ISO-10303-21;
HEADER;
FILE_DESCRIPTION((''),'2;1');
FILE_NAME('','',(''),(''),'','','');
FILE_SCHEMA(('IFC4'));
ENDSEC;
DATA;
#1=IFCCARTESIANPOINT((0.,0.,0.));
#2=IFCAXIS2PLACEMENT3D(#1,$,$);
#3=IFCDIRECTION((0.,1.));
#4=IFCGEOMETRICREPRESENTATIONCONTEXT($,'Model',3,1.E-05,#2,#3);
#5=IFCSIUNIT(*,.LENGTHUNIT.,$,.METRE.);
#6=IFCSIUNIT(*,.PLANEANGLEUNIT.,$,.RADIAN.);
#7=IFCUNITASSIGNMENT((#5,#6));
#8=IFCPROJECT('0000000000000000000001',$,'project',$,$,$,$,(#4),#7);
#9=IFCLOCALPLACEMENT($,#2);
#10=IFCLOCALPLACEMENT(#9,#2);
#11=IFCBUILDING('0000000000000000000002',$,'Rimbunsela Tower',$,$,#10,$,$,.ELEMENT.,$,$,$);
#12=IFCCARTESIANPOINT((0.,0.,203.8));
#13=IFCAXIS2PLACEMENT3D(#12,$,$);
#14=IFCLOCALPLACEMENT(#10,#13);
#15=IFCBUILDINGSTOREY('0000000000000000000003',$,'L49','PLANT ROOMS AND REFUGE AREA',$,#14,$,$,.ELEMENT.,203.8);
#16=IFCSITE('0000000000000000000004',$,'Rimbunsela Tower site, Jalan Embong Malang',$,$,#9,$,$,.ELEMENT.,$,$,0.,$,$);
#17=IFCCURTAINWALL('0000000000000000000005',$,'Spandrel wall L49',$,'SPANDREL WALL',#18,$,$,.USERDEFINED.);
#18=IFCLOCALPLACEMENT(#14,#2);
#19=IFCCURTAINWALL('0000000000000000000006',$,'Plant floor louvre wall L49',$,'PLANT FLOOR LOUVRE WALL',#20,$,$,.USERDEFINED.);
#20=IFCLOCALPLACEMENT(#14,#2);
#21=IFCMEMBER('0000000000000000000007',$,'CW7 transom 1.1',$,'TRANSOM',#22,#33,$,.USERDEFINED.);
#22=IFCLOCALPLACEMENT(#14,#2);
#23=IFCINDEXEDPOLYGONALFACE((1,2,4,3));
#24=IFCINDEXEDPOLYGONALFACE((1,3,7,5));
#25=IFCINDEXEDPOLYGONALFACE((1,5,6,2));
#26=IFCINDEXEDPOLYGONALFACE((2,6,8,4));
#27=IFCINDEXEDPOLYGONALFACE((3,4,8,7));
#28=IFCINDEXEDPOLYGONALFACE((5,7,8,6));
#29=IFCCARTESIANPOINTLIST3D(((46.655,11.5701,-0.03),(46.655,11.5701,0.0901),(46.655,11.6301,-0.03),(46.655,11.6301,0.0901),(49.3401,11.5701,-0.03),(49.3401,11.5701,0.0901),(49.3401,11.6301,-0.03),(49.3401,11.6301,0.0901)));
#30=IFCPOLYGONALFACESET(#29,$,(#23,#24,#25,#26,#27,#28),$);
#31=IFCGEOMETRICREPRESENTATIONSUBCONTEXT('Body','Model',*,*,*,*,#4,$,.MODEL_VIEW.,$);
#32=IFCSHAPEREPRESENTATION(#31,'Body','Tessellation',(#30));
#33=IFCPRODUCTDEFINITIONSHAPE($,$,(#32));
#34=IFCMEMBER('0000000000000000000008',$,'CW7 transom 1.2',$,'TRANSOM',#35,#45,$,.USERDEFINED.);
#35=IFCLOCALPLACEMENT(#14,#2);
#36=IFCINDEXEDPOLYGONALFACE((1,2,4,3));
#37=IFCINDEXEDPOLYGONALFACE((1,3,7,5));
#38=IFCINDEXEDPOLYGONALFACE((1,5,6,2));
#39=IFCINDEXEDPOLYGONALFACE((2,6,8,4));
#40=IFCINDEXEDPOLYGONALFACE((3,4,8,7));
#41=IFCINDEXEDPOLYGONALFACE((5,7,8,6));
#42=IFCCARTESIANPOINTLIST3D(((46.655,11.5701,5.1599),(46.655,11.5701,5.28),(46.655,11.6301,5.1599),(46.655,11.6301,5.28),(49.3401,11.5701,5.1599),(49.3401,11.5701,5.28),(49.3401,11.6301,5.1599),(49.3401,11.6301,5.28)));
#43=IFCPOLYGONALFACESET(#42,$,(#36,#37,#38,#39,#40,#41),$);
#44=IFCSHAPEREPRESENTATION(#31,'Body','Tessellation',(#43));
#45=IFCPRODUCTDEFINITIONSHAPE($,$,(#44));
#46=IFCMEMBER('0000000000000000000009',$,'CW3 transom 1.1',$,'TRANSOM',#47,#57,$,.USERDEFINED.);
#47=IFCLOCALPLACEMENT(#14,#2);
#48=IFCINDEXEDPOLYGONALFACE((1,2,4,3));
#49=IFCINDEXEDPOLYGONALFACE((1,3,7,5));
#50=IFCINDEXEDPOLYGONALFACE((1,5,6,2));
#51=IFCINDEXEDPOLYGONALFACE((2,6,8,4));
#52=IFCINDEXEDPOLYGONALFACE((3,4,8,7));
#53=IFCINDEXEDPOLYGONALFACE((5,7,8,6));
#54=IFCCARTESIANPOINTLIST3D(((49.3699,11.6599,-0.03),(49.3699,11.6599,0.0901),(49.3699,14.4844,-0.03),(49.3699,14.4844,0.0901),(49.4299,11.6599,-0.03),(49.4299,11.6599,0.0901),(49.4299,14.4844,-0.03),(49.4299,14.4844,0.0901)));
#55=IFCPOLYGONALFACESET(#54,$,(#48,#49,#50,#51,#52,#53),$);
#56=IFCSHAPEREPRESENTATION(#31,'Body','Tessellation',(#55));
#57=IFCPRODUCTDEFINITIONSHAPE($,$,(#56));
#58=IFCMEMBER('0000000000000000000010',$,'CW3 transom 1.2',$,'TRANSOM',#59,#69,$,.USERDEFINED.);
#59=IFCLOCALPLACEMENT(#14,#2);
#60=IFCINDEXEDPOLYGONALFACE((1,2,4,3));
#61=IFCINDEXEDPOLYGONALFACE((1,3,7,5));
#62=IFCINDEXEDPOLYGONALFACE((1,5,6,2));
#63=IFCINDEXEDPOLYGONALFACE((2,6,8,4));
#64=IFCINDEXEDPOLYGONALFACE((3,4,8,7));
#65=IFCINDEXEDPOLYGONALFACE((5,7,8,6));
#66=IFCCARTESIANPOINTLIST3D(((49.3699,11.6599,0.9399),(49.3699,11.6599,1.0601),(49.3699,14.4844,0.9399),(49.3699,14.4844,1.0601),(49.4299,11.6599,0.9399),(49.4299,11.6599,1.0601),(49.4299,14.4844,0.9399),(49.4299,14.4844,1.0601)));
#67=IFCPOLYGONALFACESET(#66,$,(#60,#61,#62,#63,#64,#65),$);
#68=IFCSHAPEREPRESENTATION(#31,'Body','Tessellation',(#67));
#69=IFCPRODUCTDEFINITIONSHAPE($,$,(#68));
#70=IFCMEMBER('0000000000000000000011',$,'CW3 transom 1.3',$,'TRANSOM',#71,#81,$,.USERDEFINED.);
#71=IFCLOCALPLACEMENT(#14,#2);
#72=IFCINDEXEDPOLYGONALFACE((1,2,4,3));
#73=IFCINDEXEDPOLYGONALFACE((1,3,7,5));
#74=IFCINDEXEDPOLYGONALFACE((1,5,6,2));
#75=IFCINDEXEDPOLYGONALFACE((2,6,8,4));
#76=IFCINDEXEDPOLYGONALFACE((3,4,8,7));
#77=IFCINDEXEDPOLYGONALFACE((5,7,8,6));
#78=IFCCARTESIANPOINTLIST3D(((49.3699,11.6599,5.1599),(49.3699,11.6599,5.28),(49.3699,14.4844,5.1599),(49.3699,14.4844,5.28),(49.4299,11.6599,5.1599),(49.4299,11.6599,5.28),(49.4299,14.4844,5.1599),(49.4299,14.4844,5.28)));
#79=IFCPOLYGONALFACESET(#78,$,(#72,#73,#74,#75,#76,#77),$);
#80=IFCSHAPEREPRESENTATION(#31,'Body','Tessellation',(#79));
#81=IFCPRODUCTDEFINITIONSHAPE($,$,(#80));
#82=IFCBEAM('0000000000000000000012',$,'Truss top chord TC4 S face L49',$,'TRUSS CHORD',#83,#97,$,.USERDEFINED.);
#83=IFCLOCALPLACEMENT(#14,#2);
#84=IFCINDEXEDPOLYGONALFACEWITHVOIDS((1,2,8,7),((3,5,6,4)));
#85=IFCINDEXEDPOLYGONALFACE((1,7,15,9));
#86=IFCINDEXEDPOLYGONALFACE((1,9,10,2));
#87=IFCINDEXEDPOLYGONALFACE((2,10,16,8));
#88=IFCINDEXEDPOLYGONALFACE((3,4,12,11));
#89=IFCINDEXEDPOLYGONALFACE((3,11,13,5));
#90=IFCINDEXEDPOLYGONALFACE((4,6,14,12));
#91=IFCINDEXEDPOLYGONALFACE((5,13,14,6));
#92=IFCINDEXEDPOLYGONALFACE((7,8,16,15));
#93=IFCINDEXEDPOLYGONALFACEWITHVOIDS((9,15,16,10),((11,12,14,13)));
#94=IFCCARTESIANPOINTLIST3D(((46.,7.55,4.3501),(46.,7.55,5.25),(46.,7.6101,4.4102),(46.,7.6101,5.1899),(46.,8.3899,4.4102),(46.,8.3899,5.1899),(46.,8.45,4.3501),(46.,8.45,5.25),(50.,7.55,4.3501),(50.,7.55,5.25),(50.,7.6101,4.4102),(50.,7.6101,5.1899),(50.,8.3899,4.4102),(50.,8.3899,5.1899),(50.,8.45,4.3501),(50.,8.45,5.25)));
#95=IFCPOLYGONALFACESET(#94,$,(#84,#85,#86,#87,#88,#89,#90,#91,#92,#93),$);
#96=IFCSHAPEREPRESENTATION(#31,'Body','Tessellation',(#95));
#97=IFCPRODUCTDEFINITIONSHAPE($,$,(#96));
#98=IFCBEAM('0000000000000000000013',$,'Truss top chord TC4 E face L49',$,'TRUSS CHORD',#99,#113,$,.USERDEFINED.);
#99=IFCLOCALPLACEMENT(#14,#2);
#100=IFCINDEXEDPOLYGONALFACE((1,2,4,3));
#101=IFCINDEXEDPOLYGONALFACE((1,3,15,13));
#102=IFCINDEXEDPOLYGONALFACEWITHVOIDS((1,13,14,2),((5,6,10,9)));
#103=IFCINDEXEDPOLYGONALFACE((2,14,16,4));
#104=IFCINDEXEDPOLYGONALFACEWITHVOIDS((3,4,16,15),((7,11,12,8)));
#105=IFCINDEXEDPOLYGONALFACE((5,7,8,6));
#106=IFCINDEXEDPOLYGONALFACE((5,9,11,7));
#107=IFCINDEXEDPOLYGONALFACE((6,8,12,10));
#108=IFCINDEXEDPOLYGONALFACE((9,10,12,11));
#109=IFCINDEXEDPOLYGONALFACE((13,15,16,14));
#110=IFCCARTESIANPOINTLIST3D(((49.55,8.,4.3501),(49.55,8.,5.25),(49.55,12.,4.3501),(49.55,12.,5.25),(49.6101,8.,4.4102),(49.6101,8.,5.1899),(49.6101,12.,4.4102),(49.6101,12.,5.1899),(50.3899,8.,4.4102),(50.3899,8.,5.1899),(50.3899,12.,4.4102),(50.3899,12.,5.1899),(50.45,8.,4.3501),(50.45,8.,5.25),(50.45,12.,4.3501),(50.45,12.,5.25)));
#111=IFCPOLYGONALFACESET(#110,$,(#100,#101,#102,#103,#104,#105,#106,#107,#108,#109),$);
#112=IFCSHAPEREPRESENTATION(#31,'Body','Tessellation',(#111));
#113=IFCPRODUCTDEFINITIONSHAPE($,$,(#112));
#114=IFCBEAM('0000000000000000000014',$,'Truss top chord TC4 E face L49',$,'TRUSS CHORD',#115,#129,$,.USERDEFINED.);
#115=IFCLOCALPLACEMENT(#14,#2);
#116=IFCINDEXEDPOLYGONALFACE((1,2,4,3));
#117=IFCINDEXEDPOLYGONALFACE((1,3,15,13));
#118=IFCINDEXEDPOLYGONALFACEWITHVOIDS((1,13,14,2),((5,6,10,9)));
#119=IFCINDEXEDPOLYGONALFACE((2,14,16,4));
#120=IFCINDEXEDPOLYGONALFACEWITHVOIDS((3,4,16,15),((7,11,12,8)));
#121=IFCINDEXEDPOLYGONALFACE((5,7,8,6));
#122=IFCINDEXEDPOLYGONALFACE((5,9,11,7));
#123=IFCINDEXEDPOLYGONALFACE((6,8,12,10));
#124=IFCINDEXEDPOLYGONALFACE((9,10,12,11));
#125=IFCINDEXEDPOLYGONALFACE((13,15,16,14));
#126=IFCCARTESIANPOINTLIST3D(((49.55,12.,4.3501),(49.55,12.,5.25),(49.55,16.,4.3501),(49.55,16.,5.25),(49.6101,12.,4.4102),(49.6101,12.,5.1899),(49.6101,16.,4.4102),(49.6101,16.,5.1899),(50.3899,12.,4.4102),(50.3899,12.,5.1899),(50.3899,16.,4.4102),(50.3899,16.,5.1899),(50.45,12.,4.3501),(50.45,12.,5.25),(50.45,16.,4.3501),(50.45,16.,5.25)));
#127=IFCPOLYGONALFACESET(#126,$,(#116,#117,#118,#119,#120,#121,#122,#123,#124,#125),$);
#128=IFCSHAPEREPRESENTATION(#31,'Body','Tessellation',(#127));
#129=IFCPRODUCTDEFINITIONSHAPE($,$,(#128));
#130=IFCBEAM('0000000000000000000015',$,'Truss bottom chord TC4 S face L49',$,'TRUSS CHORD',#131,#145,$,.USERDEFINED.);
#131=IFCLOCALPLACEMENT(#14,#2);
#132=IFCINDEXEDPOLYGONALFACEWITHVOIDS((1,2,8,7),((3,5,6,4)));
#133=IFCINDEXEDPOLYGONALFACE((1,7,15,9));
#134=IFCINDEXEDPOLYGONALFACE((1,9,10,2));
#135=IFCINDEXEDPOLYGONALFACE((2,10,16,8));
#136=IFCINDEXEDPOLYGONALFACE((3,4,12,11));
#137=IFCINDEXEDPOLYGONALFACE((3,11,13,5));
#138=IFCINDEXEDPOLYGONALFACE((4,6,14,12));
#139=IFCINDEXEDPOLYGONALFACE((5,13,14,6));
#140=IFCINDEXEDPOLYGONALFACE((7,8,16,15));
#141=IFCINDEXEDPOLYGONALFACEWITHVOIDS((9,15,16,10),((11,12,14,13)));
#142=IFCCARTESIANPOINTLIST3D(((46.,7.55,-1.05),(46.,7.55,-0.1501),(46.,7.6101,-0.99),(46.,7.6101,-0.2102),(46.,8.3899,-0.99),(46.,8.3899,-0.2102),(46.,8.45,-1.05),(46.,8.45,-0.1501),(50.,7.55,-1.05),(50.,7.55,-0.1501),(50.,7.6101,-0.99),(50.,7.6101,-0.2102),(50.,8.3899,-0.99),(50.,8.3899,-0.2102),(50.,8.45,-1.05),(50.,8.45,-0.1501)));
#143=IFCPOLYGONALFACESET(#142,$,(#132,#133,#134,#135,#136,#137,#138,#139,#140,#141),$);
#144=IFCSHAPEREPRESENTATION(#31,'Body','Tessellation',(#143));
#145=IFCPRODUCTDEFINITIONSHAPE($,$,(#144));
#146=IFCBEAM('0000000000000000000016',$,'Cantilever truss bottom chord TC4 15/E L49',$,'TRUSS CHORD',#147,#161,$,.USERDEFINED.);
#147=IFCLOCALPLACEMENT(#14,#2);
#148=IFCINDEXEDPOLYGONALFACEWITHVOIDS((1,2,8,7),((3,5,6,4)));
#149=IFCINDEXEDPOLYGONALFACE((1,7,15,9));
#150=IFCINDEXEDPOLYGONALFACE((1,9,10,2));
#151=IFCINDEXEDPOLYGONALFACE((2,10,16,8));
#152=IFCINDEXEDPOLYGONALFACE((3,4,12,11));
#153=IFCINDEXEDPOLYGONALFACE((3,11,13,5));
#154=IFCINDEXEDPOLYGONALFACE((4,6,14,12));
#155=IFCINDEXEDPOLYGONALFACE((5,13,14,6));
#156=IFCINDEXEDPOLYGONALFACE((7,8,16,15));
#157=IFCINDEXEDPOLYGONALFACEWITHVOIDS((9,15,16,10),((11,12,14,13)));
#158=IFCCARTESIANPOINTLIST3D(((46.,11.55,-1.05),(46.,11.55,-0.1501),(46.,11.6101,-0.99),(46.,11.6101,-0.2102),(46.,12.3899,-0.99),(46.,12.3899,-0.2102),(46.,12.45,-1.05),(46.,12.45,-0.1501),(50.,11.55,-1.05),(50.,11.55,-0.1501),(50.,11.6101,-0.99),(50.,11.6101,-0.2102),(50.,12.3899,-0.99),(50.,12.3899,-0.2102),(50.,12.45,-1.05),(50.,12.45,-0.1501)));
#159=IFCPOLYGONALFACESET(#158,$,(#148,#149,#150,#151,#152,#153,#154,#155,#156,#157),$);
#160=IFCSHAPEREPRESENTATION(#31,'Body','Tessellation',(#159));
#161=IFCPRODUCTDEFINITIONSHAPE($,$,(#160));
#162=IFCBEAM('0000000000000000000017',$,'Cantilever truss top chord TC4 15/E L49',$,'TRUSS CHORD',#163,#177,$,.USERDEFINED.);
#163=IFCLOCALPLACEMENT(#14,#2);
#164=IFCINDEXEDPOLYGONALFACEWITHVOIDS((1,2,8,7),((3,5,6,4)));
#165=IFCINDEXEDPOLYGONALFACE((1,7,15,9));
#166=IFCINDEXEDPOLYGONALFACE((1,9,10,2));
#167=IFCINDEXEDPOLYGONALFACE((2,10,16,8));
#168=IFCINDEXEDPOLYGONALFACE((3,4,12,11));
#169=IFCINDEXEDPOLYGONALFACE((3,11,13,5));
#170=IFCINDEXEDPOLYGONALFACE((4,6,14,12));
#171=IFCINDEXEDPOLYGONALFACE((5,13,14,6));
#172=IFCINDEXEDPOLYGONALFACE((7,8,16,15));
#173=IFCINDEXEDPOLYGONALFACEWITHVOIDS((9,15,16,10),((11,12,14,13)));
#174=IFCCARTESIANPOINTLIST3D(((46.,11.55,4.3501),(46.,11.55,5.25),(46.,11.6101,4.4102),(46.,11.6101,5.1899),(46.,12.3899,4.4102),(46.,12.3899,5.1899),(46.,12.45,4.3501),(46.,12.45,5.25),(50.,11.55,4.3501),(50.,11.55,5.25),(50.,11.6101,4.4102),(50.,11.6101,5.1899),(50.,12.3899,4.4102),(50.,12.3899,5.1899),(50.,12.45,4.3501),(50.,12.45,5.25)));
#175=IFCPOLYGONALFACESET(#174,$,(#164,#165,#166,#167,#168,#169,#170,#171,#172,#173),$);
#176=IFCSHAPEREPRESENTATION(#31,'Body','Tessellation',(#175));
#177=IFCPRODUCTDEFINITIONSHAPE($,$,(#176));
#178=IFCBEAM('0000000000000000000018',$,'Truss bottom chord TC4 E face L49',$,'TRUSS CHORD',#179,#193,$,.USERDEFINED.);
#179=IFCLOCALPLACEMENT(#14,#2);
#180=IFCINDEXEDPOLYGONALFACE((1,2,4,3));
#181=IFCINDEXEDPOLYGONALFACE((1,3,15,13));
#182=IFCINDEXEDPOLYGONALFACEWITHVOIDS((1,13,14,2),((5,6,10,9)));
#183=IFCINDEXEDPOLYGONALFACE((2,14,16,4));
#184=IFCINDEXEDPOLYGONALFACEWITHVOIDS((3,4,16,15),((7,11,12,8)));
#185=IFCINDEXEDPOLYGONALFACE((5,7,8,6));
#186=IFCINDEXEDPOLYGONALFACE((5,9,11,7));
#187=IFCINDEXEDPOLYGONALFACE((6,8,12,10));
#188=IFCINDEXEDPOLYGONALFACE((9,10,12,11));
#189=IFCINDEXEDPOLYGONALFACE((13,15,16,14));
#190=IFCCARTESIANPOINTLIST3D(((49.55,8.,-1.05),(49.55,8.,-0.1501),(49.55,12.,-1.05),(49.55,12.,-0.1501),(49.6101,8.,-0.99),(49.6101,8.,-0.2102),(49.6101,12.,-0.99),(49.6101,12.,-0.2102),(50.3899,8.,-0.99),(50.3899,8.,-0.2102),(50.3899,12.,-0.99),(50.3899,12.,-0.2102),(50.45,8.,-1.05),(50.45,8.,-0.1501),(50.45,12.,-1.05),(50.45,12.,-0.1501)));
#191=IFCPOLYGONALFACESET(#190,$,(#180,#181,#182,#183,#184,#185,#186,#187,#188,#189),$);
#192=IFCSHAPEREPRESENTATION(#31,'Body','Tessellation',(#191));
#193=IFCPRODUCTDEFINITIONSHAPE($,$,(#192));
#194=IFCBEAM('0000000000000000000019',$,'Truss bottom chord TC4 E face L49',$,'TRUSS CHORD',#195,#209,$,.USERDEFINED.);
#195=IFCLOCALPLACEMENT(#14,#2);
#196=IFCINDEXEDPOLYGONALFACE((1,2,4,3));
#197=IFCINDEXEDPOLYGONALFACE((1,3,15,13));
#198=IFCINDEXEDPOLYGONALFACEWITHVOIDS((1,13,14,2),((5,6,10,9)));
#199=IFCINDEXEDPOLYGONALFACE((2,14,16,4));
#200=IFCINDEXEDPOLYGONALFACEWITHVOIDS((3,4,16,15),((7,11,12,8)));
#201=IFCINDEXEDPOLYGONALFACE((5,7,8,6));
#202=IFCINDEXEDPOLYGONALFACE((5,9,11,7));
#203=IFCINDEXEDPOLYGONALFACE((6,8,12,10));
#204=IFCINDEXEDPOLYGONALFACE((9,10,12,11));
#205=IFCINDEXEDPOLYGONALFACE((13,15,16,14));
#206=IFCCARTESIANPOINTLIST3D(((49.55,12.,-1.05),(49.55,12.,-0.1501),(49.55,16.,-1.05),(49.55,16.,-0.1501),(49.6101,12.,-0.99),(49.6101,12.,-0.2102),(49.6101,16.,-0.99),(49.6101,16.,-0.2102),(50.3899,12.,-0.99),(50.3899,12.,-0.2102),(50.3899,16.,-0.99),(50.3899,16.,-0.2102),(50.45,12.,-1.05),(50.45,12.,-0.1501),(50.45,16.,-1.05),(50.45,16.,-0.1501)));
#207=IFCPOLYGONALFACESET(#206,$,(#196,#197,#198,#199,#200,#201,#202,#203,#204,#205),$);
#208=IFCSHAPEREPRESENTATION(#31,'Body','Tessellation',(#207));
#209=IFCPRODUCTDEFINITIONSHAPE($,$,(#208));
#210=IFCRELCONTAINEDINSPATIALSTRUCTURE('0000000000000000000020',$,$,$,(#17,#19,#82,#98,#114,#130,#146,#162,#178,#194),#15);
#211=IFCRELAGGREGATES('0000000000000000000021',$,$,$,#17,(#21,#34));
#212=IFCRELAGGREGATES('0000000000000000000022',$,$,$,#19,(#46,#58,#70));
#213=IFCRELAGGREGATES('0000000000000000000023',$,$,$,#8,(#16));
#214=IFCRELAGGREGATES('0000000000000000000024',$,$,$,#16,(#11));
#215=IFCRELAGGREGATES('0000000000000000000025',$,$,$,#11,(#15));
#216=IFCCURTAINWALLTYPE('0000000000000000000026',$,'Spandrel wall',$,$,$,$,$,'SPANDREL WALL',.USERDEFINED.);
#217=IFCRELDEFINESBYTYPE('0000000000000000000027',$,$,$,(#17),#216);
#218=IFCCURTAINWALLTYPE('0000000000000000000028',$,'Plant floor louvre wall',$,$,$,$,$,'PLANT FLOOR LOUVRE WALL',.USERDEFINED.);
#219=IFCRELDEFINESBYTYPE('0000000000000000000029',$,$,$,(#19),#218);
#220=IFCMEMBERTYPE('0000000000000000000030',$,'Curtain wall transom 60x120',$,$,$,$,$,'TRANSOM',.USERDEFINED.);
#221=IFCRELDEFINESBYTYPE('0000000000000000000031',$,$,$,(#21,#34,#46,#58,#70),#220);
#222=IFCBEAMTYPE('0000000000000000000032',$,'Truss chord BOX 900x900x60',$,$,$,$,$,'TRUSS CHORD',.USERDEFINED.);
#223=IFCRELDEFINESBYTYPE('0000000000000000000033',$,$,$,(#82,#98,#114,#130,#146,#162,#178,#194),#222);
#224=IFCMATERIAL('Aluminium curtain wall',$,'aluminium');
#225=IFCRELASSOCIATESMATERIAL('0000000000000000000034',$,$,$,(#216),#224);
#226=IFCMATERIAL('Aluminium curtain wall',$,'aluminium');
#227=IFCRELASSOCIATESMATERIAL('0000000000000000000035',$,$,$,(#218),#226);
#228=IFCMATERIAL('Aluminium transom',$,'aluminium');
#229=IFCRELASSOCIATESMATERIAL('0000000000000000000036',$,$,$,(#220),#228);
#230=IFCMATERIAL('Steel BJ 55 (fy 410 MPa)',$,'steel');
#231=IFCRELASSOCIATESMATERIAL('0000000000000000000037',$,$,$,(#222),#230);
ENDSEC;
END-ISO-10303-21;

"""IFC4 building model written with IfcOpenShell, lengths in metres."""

from ifc_helpers import new_model, si_unit, direction, frame, origin, origin_2d, place, context, subcontext, project, spatial, rectangle, hollow_rectangle, extrude, material, material_profile, profile_set, type_object, element, aggregate, save


model = new_model("IFC4")

# Units and contexts
model_context = context("Model", 3, precision=1e-05, world=origin(), true_north=direction((0.0, 1.0)))
body_context = subcontext(model_context, "Body", "Model", "MODEL_VIEW")
ifc_project = project(units=[si_unit("LENGTHUNIT", "METRE"), si_unit("PLANEANGLEUNIT", "RADIAN")], contexts=[model_context])

# Site, building, storey
site_placement = place(None, origin())
site = spatial("IfcSite", under=ifc_project, at=site_placement, Name="Rimbunsela Tower site, Jalan Embong Malang", CompositionType="ELEMENT", RefElevation=0.0)
building_placement = place(site_placement, origin())
building = spatial("IfcBuilding", under=site, at=building_placement, Name="Rimbunsela Tower", CompositionType="ELEMENT")
storey_placement = place(building_placement, frame((0.0, 0.0, 203.8)))
storey = spatial("IfcBuildingStorey", under=building, at=storey_placement, Name="L49", Description="PLANT ROOMS AND REFUGE AREA", CompositionType="ELEMENT", Elevation=203.8)

# Curtain walls
ifc_material_1 = material(Name="Aluminium curtain wall", Category="aluminium")
curtain_wall_type_1 = type_object("IfcCurtainWallType", Name="Spandrel wall", ElementType="SPANDREL WALL", PredefinedType="USERDEFINED", material=ifc_material_1)
curtain_wall_1_placement = place(storey_placement, origin())
curtain_wall_1 = element("IfcCurtainWall", 1, at=curtain_wall_1_placement, inside=storey, type_object=curtain_wall_type_1, Name="Spandrel wall L49", ObjectType="SPANDREL WALL", PredefinedType="USERDEFINED")
ifc_material_2 = material(Name="Aluminium curtain wall", Category="aluminium")
curtain_wall_type_2 = type_object("IfcCurtainWallType", Name="Plant floor louvre wall", ElementType="PLANT FLOOR LOUVRE WALL", PredefinedType="USERDEFINED", material=ifc_material_2)
curtain_wall_2_placement = place(storey_placement, origin())
curtain_wall_2 = element("IfcCurtainWall", 2, at=curtain_wall_2_placement, inside=storey, type_object=curtain_wall_type_2, Name="Plant floor louvre wall L49", ObjectType="PLANT FLOOR LOUVRE WALL", PredefinedType="USERDEFINED")

# Members
ifc_material_3 = material(Name="Aluminium transom", Category="aluminium")
ifc_material_profile_1 = material_profile(ifc_material_3, rectangle(XDim=0.0601, YDim=0.1201, at=origin_2d()), Name="Transom 60x120")
ifc_profile_set_1 = profile_set([ifc_material_profile_1], Name="Aluminium transom")
member_type_1 = type_object("IfcMemberType", Name="Curtain wall transom 60x120", ElementType="TRANSOM", PredefinedType="USERDEFINED", material=ifc_profile_set_1)
member_1_placement = place(storey_placement, frame((46.655, 11.6001, 0.03), z_axis=(1.0, 0.0, 0.0), x_axis=(0.0, 1.0, 0.0)))
member_1 = element("IfcMember", 3, at=member_1_placement, type_object=member_type_1, Name="CW7 transom 1.1", ObjectType="TRANSOM", PredefinedType="USERDEFINED", context=body_context, shape_type="SweptSolid", body=[
    extrude(rectangle(XDim=0.0601, YDim=0.1201, at=origin_2d()), origin(), (0.0, 0.0, 1.0), 2.6851),
])
member_2_placement = place(storey_placement, frame((46.655, 11.6001, 5.22), z_axis=(1.0, 0.0, 0.0), x_axis=(0.0, 1.0, 0.0)))
member_2 = element("IfcMember", 4, at=member_2_placement, type_object=member_type_1, Name="CW7 transom 1.2", ObjectType="TRANSOM", PredefinedType="USERDEFINED", context=body_context, shape_type="SweptSolid", body=[
    extrude(rectangle(XDim=0.0601, YDim=0.1201, at=origin_2d()), origin(), (0.0, 0.0, 1.0), 2.6851),
])
member_3_placement = place(storey_placement, frame((49.3999, 11.6599, 0.03), z_axis=(0.0, 1.0, 0.0), x_axis=(-1.0, 0.0, 0.0)))
member_3 = element("IfcMember", 5, at=member_3_placement, type_object=member_type_1, Name="CW3 transom 1.1", ObjectType="TRANSOM", PredefinedType="USERDEFINED", context=body_context, shape_type="SweptSolid", body=[
    extrude(rectangle(XDim=0.0601, YDim=0.1201, at=origin_2d()), origin(), (0.0, 0.0, 1.0), 2.8245),
])
member_4_placement = place(storey_placement, frame((49.3999, 11.6599, 1.0), z_axis=(0.0, 1.0, 0.0), x_axis=(-1.0, 0.0, 0.0)))
member_4 = element("IfcMember", 6, at=member_4_placement, type_object=member_type_1, Name="CW3 transom 1.2", ObjectType="TRANSOM", PredefinedType="USERDEFINED", context=body_context, shape_type="SweptSolid", body=[
    extrude(rectangle(XDim=0.0601, YDim=0.1201, at=origin_2d()), origin(), (0.0, 0.0, 1.0), 2.8245),
])
member_5_placement = place(storey_placement, frame((49.3999, 11.6599, 5.22), z_axis=(0.0, 1.0, 0.0), x_axis=(-1.0, 0.0, 0.0)))
member_5 = element("IfcMember", 7, at=member_5_placement, type_object=member_type_1, Name="CW3 transom 1.3", ObjectType="TRANSOM", PredefinedType="USERDEFINED", context=body_context, shape_type="SweptSolid", body=[
    extrude(rectangle(XDim=0.0601, YDim=0.1201, at=origin_2d()), origin(), (0.0, 0.0, 1.0), 2.8245),
])

# Beams
ifc_material_4 = material(Name="Steel BJ 55 (fy 410 MPa)", Category="steel")
ifc_material_profile_2 = material_profile(ifc_material_4, hollow_rectangle(XDim=0.8999, YDim=0.8999, WallThickness=0.0601, at=origin_2d()), Name="BOX 900x900x60")
ifc_profile_set_2 = profile_set([ifc_material_profile_2], Name="Steel BJ 55 (fy 410 MPa)")
beam_type_1 = type_object("IfcBeamType", Name="Truss chord BOX 900x900x60", ElementType="TRUSS CHORD", PredefinedType="USERDEFINED", material=ifc_profile_set_2)
for number, where, z_axis, x_axis, name in (
    (8, (46.0, 8.0, 4.8), (1.0, 0.0, 0.0), (0.0, 1.0, 0.0), "Truss top chord TC4 S face L49"),
    (9, (50.0, 8.0, 4.8), (0.0, 1.0, 0.0), (-1.0, 0.0, 0.0), "Truss top chord TC4 E face L49"),
    (10, (50.0, 12.0, 4.8), (0.0, 1.0, 0.0), (-1.0, 0.0, 0.0), "Truss top chord TC4 E face L49"),
    (11, (46.0, 8.0, -0.6001), (1.0, 0.0, 0.0), (0.0, 1.0, 0.0), "Truss bottom chord TC4 S face L49"),
    (12, (46.0, 12.0, -0.6001), (1.0, 0.0, 0.0), (0.0, 1.0, 0.0), "Cantilever truss bottom chord TC4 15/E L49"),
    (13, (46.0, 12.0, 4.8), (1.0, 0.0, 0.0), (0.0, 1.0, 0.0), "Cantilever truss top chord TC4 15/E L49"),
    (14, (50.0, 8.0, -0.6001), (0.0, 1.0, 0.0), (-1.0, 0.0, 0.0), "Truss bottom chord TC4 E face L49"),
    (15, (50.0, 12.0, -0.6001), (0.0, 1.0, 0.0), (-1.0, 0.0, 0.0), "Truss bottom chord TC4 E face L49"),
):
    element("IfcBeam", number, at=place(storey_placement, frame(where, z_axis=z_axis, x_axis=x_axis)), inside=storey, type_object=beam_type_1, Name=name, ObjectType="TRUSS CHORD", PredefinedType="USERDEFINED", context=body_context, shape_type="SweptSolid", body=[
        extrude(hollow_rectangle(XDim=0.8999, YDim=0.8999, WallThickness=0.0601, at=origin_2d()), origin(), (0.0, 0.0, 1.0), 4.0),
    ])

aggregate(curtain_wall_1, [member_1, member_2])
aggregate(curtain_wall_2, [member_3, member_4, member_5])

save(model, "model.ifc")
